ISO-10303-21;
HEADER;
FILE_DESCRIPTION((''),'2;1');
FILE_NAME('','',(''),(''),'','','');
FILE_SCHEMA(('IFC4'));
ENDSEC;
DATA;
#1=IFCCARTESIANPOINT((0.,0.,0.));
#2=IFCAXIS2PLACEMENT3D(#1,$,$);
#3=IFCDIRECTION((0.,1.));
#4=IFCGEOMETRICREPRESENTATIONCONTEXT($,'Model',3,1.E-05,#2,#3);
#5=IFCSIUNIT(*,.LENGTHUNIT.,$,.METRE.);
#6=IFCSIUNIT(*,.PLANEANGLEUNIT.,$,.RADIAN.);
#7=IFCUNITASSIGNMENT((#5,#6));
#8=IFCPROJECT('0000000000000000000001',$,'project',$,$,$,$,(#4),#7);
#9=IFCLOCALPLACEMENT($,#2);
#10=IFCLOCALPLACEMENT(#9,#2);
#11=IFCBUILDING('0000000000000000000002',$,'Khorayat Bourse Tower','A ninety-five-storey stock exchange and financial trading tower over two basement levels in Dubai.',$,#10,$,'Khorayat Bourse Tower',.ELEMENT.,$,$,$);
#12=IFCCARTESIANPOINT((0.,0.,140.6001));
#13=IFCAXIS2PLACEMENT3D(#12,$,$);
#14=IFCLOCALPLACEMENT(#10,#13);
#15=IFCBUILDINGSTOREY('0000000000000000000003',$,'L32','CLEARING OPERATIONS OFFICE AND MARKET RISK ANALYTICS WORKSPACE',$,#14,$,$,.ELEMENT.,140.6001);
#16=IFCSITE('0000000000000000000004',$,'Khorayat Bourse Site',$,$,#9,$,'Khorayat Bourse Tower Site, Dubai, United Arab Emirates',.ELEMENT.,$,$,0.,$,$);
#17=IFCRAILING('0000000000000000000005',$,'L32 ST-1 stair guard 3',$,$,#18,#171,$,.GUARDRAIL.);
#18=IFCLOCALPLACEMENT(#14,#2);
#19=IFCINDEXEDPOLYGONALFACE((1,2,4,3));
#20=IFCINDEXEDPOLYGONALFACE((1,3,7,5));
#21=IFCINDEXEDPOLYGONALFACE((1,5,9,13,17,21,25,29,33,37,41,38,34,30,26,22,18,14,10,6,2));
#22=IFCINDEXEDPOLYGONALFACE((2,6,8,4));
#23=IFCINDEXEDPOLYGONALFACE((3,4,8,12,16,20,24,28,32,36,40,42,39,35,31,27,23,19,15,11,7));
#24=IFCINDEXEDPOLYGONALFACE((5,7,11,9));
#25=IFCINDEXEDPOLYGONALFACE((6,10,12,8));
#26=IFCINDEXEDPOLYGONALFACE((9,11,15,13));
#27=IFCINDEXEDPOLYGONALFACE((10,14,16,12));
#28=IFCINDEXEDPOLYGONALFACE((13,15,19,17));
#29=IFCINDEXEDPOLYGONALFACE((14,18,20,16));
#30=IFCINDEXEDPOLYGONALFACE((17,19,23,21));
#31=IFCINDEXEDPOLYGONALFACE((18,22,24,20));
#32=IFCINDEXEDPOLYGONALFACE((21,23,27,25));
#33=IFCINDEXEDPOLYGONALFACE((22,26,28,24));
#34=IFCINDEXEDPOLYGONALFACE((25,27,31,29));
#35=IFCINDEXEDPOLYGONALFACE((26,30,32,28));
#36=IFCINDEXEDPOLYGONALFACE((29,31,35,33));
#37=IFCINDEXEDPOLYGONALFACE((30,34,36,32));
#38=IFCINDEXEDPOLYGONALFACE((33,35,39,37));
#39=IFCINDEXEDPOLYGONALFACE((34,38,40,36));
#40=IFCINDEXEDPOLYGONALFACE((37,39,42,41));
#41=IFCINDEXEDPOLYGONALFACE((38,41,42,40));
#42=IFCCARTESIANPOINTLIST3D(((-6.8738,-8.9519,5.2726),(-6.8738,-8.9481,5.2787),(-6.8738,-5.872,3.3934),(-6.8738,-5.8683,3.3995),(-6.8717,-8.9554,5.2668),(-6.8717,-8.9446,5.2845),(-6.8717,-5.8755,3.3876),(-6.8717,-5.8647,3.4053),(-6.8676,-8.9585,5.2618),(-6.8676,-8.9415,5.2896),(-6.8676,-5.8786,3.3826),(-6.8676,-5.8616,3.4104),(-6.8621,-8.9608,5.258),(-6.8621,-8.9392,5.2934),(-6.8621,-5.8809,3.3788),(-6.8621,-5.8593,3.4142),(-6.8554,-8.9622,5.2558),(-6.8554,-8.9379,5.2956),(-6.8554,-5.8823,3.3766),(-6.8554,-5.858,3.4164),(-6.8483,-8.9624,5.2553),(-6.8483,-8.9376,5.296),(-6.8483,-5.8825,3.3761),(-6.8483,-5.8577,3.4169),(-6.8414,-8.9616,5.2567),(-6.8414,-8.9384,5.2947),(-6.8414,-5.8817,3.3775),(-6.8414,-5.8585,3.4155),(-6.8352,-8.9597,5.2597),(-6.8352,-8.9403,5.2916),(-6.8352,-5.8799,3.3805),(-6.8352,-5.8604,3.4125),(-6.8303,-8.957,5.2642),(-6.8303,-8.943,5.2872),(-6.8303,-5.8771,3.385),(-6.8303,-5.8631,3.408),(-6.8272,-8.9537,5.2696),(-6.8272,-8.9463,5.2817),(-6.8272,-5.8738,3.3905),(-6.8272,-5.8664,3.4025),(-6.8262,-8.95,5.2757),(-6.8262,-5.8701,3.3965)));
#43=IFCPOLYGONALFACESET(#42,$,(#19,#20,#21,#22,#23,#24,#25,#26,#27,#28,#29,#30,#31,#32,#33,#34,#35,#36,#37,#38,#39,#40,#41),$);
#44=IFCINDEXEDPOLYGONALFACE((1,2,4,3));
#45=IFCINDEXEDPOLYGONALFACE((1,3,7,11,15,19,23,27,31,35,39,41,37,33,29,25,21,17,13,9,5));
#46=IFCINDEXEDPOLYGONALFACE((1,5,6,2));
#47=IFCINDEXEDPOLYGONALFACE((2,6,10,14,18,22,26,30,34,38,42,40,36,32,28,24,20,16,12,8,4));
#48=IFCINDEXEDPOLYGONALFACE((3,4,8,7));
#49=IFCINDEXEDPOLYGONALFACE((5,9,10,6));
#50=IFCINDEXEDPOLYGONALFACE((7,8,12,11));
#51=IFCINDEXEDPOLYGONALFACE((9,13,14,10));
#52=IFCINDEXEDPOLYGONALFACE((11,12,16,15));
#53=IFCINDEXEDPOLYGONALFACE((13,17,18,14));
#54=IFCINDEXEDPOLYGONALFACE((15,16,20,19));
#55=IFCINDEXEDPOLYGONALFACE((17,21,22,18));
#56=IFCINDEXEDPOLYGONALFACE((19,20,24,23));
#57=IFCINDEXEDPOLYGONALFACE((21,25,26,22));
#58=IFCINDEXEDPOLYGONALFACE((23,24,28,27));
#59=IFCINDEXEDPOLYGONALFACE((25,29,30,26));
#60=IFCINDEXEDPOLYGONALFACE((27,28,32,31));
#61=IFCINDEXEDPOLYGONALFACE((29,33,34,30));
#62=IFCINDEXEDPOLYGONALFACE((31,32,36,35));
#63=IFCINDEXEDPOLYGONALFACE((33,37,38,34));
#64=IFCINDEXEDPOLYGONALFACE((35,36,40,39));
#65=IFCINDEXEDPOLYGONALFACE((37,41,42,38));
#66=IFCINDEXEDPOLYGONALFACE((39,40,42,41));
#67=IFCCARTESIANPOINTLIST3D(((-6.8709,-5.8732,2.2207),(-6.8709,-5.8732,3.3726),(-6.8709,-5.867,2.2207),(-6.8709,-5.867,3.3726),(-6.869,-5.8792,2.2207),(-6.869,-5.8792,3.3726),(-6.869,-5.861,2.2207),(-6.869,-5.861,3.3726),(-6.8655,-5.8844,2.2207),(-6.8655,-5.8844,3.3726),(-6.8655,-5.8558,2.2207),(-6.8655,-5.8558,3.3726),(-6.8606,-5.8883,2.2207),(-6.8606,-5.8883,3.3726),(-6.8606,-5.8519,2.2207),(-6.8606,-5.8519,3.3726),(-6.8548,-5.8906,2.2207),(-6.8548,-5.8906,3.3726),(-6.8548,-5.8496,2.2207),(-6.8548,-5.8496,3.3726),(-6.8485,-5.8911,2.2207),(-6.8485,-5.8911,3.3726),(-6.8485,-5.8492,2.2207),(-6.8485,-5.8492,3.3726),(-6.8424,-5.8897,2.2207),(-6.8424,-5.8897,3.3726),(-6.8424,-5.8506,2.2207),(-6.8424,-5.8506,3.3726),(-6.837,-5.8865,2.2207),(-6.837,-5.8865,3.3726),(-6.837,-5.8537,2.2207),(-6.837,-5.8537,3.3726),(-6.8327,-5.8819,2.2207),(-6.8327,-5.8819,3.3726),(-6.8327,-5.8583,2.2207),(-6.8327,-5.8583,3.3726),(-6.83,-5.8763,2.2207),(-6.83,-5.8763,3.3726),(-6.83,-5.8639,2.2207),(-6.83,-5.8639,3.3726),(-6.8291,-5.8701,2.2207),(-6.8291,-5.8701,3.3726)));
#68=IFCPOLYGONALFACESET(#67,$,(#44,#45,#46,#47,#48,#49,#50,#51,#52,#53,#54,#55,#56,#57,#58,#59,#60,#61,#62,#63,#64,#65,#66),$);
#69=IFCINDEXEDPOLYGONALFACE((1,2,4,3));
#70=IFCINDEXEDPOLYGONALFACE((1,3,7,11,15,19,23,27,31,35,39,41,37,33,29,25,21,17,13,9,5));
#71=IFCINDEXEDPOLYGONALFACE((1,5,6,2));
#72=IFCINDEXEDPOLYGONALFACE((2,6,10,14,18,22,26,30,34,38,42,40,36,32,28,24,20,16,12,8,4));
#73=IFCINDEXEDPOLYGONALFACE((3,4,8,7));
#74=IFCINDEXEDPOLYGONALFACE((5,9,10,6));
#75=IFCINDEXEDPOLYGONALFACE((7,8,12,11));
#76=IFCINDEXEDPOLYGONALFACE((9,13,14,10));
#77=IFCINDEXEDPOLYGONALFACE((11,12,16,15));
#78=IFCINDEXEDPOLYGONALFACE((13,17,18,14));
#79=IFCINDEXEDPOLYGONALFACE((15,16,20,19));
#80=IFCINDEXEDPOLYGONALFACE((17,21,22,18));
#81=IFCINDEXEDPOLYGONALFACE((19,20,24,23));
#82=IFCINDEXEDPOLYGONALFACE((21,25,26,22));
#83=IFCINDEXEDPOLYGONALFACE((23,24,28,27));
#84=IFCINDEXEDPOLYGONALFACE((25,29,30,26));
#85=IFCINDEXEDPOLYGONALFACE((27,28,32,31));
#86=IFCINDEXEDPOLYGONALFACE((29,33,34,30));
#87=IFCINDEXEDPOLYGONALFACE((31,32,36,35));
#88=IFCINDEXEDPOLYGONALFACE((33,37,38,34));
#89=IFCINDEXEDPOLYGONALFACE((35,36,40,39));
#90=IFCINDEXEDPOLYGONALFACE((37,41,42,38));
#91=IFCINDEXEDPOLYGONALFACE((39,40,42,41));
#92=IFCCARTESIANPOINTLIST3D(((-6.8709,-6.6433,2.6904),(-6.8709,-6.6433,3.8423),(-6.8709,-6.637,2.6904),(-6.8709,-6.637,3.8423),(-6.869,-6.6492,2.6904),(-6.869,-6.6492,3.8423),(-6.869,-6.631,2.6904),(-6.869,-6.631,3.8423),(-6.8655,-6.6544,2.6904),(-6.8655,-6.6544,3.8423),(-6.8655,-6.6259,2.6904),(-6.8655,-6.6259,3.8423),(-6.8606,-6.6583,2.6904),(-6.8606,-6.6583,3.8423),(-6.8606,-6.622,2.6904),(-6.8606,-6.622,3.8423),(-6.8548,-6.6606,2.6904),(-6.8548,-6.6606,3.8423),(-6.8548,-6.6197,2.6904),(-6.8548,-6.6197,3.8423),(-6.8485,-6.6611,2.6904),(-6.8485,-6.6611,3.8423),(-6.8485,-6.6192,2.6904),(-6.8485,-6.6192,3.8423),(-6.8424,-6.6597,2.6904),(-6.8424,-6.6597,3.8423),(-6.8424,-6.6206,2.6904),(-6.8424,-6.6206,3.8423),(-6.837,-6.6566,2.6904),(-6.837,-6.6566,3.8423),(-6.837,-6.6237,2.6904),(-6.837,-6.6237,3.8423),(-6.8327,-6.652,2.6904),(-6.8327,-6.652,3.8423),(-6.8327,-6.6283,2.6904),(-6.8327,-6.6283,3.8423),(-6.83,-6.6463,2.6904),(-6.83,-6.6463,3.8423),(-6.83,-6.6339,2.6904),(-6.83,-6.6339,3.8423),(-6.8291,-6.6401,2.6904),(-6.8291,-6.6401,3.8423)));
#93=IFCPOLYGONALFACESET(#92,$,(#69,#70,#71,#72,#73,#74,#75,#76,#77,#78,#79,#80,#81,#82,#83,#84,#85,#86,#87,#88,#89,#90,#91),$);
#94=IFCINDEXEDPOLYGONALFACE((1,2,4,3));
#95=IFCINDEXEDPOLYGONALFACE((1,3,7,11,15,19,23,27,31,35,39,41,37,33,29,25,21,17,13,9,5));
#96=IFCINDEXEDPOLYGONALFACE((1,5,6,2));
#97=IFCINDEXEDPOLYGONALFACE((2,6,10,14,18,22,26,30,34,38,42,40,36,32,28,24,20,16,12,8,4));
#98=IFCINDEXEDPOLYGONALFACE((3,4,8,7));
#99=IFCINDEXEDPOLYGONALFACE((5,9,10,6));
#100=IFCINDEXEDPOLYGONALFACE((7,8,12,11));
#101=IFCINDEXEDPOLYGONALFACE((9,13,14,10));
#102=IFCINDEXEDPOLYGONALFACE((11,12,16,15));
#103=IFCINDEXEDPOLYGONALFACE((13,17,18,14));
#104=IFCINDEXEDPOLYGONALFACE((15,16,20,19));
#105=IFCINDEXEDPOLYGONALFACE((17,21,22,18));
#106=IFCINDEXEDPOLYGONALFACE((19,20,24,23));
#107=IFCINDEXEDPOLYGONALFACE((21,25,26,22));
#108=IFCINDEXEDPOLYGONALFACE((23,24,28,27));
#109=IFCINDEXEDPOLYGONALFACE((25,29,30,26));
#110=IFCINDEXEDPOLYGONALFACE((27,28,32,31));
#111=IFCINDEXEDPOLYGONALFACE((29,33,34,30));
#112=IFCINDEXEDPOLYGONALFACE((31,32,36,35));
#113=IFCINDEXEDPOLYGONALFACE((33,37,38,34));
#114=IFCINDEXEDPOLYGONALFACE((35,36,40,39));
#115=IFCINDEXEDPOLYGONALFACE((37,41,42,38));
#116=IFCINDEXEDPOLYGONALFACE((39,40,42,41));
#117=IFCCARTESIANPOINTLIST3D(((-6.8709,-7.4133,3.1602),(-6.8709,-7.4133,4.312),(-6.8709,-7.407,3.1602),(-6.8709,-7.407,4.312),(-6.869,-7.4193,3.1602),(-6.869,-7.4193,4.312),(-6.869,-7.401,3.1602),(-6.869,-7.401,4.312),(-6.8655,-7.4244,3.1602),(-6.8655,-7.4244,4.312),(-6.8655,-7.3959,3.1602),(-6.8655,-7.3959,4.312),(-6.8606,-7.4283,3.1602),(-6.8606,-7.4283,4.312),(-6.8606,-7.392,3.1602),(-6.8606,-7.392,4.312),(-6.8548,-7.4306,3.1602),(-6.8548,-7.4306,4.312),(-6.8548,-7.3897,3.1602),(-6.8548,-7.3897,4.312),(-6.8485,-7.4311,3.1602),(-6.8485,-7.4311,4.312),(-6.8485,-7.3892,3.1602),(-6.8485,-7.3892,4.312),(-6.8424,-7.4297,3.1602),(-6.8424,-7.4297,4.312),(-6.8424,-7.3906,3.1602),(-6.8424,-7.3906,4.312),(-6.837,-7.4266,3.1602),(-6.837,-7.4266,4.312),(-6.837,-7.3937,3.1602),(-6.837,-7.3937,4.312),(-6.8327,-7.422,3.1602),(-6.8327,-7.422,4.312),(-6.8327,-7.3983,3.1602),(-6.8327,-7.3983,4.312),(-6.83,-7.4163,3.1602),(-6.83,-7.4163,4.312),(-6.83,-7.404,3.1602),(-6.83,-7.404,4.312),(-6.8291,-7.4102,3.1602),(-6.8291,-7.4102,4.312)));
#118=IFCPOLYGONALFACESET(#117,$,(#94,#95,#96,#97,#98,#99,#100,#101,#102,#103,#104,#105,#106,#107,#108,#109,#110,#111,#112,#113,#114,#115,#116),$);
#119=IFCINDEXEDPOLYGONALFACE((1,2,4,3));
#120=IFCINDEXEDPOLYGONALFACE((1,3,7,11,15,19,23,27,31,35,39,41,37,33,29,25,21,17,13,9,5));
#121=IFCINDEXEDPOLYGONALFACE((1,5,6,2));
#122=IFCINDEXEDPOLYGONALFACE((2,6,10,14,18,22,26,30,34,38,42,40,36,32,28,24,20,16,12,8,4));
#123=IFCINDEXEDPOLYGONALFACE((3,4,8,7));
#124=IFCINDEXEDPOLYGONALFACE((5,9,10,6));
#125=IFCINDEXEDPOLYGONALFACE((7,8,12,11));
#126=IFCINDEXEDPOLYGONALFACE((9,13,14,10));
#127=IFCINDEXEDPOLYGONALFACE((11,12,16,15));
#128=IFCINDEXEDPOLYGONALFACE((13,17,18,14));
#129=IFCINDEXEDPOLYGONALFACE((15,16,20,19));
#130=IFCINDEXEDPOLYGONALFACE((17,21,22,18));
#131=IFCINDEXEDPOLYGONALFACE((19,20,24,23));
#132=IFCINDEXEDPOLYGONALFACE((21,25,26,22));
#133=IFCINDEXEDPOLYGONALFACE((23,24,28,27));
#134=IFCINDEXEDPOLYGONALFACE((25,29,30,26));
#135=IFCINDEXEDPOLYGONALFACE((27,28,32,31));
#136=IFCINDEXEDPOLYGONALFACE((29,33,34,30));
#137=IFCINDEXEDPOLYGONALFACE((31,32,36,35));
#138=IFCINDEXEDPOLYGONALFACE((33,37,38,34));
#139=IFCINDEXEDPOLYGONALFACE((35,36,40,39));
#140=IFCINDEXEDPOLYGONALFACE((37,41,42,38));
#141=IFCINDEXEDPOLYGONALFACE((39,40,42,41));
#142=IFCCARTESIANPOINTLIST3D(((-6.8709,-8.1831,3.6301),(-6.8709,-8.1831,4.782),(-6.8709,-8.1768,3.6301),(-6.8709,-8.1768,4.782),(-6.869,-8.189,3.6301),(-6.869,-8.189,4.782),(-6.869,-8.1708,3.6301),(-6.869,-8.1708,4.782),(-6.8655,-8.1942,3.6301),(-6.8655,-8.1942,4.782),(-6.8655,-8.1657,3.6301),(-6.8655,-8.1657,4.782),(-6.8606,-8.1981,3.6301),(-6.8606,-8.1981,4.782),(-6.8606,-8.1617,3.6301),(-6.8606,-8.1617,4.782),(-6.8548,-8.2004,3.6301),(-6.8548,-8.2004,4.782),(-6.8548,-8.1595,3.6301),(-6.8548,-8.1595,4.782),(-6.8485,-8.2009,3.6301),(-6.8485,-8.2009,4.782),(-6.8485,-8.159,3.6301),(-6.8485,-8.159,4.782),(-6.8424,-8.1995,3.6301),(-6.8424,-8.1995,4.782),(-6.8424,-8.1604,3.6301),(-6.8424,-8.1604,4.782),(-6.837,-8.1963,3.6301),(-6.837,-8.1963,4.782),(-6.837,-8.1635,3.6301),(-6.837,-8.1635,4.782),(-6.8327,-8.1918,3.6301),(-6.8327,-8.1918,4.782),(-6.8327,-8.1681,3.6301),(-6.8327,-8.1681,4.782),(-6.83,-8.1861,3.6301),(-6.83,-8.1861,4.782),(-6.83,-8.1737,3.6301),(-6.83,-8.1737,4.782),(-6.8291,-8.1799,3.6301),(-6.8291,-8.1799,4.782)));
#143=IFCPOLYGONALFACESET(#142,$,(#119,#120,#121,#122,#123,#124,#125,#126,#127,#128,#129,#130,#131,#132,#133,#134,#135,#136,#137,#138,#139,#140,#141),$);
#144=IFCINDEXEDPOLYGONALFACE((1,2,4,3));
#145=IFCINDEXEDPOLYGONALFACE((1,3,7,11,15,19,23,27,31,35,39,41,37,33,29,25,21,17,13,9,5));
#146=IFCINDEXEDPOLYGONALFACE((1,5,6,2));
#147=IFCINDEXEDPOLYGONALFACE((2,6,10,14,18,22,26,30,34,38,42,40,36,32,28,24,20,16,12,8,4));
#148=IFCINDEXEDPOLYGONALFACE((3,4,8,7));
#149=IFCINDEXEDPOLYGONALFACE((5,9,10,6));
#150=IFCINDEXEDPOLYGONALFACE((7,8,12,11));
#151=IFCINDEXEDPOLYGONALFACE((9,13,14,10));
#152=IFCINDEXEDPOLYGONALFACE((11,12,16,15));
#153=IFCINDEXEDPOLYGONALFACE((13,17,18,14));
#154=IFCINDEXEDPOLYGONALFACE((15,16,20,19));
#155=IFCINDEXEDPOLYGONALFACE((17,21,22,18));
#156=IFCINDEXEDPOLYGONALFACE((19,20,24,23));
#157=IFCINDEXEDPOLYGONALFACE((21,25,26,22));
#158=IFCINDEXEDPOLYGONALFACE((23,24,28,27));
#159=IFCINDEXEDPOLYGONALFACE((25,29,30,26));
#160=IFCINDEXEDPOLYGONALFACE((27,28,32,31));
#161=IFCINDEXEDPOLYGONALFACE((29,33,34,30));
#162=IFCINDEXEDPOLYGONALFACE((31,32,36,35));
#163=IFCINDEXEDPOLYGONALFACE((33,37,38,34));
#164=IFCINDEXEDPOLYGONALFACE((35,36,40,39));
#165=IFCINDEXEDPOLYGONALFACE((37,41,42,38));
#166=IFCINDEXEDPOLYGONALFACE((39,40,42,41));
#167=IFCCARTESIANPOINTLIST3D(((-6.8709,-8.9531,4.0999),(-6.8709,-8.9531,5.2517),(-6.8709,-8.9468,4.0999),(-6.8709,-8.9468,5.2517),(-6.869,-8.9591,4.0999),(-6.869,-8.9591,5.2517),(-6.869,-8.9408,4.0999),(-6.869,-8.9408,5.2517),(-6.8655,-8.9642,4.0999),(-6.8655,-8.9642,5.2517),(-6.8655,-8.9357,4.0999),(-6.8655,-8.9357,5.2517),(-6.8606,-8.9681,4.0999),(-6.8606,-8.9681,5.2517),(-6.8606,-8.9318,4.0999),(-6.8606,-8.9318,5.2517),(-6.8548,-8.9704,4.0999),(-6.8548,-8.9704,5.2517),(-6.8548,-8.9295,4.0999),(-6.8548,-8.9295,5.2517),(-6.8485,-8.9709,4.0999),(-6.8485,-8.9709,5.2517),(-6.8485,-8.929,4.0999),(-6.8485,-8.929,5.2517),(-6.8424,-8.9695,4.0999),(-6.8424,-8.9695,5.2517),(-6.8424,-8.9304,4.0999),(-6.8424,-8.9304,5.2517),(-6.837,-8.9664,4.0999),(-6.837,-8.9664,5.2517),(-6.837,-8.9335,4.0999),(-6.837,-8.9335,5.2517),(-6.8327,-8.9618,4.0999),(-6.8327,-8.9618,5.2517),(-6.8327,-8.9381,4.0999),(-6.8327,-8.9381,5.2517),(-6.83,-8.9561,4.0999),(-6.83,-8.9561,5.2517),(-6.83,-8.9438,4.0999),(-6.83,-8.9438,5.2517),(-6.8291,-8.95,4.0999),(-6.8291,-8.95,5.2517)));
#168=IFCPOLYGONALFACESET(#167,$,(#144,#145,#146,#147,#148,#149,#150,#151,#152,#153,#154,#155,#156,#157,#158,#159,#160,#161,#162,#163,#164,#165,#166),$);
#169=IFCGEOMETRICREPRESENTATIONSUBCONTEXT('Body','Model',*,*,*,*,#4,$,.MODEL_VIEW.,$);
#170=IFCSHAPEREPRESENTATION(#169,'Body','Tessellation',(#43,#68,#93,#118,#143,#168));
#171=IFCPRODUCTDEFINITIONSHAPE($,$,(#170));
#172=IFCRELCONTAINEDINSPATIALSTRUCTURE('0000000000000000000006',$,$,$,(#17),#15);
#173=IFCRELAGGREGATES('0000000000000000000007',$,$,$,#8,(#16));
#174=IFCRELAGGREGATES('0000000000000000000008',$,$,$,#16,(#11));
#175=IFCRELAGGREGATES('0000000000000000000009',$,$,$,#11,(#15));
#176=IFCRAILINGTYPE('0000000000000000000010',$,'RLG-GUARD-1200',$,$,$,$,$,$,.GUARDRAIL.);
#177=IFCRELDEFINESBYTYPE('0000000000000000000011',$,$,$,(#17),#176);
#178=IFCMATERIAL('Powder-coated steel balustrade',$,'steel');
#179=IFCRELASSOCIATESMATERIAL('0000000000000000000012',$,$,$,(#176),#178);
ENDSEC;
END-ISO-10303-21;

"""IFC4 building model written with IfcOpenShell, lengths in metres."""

from ifc_helpers import new_model, si_unit, direction, frame, origin, origin_2d, place, context, subcontext, project, spatial, circle, extrude, source, transform, mapped, material, type_object, element, save


model = new_model("IFC4")

# Units and contexts
model_context = context("Model", 3, precision=1e-05, world=origin(), true_north=direction((0.0, 1.0)))
body_context = subcontext(model_context, "Body", "Model", "MODEL_VIEW")
ifc_project = project(units=[si_unit("LENGTHUNIT", "METRE"), si_unit("PLANEANGLEUNIT", "RADIAN")], contexts=[model_context])

# Site, building, storey
site_placement = place(None, origin())
site = spatial("IfcSite", under=ifc_project, at=site_placement, Name="Khorayat Bourse Site", LongName="Khorayat Bourse Tower Site, Dubai, United Arab Emirates", CompositionType="ELEMENT", RefElevation=0.0)
building_placement = place(site_placement, origin())
building = spatial("IfcBuilding", under=site, at=building_placement, Name="Khorayat Bourse Tower", Description="A ninety-five-storey stock exchange and financial trading tower over two basement levels in Dubai.", LongName="Khorayat Bourse Tower", CompositionType="ELEMENT")
storey_placement = place(building_placement, frame((0.0, 0.0, 140.6001)))
storey = spatial("IfcBuildingStorey", under=building, at=storey_placement, Name="L32", Description="CLEARING OPERATIONS OFFICE AND MARKET RISK ANALYTICS WORKSPACE", CompositionType="ELEMENT", Elevation=140.6001)

# Railing
ifc_material_1 = material(Name="Powder-coated steel balustrade", Category="steel")
railing_type_1 = type_object("IfcRailingType", Name="RLG-GUARD-1200", PredefinedType="GUARDRAIL", material=ifc_material_1)
shared_shape_1 = source(origin(), body_context, "Body", "SweptSolid", [
    extrude(circle(Radius=0.0239, at=origin_2d()), frame((0.0, 0.0, 1.1758), z_axis=(0.0, -0.853648, 0.52085), x_axis=(1.0, 0.0, 0.0)), (0.0, 0.0, 1.0), 3.6079),
    extrude(circle(Radius=0.021, at=origin_2d()), origin(), (0.0, 0.0, 1.0), 1.1519),
    extrude(circle(Radius=0.021, at=origin_2d()), frame((0.0, -0.77, 0.4697)), (0.0, 0.0, 1.0), 1.1519),
    extrude(circle(Radius=0.021, at=origin_2d()), frame((0.0, -1.54, 0.9395)), (0.0, 0.0, 1.0), 1.1519),
    extrude(circle(Radius=0.021, at=origin_2d()), frame((0.0, -2.3098, 1.4094)), (0.0, 0.0, 1.0), 1.1519),
    extrude(circle(Radius=0.021, at=origin_2d()), frame((0.0, -3.0798, 1.8792)), (0.0, 0.0, 1.0), 1.1519),
])
railing_1_placement = place(storey_placement, frame((-6.8501, -5.8701, 2.2207)))
element("IfcRailing", 1, at=railing_1_placement, inside=storey, type_object=railing_type_1, Name="L32 ST-1 stair guard 3", PredefinedType="GUARDRAIL", context=body_context, shape_type="MappedRepresentation", body=[
    mapped(shared_shape_1, transform((0.0, 0.0, 0.0), scale=1.0)),
])

save(model, "model.ifc")
